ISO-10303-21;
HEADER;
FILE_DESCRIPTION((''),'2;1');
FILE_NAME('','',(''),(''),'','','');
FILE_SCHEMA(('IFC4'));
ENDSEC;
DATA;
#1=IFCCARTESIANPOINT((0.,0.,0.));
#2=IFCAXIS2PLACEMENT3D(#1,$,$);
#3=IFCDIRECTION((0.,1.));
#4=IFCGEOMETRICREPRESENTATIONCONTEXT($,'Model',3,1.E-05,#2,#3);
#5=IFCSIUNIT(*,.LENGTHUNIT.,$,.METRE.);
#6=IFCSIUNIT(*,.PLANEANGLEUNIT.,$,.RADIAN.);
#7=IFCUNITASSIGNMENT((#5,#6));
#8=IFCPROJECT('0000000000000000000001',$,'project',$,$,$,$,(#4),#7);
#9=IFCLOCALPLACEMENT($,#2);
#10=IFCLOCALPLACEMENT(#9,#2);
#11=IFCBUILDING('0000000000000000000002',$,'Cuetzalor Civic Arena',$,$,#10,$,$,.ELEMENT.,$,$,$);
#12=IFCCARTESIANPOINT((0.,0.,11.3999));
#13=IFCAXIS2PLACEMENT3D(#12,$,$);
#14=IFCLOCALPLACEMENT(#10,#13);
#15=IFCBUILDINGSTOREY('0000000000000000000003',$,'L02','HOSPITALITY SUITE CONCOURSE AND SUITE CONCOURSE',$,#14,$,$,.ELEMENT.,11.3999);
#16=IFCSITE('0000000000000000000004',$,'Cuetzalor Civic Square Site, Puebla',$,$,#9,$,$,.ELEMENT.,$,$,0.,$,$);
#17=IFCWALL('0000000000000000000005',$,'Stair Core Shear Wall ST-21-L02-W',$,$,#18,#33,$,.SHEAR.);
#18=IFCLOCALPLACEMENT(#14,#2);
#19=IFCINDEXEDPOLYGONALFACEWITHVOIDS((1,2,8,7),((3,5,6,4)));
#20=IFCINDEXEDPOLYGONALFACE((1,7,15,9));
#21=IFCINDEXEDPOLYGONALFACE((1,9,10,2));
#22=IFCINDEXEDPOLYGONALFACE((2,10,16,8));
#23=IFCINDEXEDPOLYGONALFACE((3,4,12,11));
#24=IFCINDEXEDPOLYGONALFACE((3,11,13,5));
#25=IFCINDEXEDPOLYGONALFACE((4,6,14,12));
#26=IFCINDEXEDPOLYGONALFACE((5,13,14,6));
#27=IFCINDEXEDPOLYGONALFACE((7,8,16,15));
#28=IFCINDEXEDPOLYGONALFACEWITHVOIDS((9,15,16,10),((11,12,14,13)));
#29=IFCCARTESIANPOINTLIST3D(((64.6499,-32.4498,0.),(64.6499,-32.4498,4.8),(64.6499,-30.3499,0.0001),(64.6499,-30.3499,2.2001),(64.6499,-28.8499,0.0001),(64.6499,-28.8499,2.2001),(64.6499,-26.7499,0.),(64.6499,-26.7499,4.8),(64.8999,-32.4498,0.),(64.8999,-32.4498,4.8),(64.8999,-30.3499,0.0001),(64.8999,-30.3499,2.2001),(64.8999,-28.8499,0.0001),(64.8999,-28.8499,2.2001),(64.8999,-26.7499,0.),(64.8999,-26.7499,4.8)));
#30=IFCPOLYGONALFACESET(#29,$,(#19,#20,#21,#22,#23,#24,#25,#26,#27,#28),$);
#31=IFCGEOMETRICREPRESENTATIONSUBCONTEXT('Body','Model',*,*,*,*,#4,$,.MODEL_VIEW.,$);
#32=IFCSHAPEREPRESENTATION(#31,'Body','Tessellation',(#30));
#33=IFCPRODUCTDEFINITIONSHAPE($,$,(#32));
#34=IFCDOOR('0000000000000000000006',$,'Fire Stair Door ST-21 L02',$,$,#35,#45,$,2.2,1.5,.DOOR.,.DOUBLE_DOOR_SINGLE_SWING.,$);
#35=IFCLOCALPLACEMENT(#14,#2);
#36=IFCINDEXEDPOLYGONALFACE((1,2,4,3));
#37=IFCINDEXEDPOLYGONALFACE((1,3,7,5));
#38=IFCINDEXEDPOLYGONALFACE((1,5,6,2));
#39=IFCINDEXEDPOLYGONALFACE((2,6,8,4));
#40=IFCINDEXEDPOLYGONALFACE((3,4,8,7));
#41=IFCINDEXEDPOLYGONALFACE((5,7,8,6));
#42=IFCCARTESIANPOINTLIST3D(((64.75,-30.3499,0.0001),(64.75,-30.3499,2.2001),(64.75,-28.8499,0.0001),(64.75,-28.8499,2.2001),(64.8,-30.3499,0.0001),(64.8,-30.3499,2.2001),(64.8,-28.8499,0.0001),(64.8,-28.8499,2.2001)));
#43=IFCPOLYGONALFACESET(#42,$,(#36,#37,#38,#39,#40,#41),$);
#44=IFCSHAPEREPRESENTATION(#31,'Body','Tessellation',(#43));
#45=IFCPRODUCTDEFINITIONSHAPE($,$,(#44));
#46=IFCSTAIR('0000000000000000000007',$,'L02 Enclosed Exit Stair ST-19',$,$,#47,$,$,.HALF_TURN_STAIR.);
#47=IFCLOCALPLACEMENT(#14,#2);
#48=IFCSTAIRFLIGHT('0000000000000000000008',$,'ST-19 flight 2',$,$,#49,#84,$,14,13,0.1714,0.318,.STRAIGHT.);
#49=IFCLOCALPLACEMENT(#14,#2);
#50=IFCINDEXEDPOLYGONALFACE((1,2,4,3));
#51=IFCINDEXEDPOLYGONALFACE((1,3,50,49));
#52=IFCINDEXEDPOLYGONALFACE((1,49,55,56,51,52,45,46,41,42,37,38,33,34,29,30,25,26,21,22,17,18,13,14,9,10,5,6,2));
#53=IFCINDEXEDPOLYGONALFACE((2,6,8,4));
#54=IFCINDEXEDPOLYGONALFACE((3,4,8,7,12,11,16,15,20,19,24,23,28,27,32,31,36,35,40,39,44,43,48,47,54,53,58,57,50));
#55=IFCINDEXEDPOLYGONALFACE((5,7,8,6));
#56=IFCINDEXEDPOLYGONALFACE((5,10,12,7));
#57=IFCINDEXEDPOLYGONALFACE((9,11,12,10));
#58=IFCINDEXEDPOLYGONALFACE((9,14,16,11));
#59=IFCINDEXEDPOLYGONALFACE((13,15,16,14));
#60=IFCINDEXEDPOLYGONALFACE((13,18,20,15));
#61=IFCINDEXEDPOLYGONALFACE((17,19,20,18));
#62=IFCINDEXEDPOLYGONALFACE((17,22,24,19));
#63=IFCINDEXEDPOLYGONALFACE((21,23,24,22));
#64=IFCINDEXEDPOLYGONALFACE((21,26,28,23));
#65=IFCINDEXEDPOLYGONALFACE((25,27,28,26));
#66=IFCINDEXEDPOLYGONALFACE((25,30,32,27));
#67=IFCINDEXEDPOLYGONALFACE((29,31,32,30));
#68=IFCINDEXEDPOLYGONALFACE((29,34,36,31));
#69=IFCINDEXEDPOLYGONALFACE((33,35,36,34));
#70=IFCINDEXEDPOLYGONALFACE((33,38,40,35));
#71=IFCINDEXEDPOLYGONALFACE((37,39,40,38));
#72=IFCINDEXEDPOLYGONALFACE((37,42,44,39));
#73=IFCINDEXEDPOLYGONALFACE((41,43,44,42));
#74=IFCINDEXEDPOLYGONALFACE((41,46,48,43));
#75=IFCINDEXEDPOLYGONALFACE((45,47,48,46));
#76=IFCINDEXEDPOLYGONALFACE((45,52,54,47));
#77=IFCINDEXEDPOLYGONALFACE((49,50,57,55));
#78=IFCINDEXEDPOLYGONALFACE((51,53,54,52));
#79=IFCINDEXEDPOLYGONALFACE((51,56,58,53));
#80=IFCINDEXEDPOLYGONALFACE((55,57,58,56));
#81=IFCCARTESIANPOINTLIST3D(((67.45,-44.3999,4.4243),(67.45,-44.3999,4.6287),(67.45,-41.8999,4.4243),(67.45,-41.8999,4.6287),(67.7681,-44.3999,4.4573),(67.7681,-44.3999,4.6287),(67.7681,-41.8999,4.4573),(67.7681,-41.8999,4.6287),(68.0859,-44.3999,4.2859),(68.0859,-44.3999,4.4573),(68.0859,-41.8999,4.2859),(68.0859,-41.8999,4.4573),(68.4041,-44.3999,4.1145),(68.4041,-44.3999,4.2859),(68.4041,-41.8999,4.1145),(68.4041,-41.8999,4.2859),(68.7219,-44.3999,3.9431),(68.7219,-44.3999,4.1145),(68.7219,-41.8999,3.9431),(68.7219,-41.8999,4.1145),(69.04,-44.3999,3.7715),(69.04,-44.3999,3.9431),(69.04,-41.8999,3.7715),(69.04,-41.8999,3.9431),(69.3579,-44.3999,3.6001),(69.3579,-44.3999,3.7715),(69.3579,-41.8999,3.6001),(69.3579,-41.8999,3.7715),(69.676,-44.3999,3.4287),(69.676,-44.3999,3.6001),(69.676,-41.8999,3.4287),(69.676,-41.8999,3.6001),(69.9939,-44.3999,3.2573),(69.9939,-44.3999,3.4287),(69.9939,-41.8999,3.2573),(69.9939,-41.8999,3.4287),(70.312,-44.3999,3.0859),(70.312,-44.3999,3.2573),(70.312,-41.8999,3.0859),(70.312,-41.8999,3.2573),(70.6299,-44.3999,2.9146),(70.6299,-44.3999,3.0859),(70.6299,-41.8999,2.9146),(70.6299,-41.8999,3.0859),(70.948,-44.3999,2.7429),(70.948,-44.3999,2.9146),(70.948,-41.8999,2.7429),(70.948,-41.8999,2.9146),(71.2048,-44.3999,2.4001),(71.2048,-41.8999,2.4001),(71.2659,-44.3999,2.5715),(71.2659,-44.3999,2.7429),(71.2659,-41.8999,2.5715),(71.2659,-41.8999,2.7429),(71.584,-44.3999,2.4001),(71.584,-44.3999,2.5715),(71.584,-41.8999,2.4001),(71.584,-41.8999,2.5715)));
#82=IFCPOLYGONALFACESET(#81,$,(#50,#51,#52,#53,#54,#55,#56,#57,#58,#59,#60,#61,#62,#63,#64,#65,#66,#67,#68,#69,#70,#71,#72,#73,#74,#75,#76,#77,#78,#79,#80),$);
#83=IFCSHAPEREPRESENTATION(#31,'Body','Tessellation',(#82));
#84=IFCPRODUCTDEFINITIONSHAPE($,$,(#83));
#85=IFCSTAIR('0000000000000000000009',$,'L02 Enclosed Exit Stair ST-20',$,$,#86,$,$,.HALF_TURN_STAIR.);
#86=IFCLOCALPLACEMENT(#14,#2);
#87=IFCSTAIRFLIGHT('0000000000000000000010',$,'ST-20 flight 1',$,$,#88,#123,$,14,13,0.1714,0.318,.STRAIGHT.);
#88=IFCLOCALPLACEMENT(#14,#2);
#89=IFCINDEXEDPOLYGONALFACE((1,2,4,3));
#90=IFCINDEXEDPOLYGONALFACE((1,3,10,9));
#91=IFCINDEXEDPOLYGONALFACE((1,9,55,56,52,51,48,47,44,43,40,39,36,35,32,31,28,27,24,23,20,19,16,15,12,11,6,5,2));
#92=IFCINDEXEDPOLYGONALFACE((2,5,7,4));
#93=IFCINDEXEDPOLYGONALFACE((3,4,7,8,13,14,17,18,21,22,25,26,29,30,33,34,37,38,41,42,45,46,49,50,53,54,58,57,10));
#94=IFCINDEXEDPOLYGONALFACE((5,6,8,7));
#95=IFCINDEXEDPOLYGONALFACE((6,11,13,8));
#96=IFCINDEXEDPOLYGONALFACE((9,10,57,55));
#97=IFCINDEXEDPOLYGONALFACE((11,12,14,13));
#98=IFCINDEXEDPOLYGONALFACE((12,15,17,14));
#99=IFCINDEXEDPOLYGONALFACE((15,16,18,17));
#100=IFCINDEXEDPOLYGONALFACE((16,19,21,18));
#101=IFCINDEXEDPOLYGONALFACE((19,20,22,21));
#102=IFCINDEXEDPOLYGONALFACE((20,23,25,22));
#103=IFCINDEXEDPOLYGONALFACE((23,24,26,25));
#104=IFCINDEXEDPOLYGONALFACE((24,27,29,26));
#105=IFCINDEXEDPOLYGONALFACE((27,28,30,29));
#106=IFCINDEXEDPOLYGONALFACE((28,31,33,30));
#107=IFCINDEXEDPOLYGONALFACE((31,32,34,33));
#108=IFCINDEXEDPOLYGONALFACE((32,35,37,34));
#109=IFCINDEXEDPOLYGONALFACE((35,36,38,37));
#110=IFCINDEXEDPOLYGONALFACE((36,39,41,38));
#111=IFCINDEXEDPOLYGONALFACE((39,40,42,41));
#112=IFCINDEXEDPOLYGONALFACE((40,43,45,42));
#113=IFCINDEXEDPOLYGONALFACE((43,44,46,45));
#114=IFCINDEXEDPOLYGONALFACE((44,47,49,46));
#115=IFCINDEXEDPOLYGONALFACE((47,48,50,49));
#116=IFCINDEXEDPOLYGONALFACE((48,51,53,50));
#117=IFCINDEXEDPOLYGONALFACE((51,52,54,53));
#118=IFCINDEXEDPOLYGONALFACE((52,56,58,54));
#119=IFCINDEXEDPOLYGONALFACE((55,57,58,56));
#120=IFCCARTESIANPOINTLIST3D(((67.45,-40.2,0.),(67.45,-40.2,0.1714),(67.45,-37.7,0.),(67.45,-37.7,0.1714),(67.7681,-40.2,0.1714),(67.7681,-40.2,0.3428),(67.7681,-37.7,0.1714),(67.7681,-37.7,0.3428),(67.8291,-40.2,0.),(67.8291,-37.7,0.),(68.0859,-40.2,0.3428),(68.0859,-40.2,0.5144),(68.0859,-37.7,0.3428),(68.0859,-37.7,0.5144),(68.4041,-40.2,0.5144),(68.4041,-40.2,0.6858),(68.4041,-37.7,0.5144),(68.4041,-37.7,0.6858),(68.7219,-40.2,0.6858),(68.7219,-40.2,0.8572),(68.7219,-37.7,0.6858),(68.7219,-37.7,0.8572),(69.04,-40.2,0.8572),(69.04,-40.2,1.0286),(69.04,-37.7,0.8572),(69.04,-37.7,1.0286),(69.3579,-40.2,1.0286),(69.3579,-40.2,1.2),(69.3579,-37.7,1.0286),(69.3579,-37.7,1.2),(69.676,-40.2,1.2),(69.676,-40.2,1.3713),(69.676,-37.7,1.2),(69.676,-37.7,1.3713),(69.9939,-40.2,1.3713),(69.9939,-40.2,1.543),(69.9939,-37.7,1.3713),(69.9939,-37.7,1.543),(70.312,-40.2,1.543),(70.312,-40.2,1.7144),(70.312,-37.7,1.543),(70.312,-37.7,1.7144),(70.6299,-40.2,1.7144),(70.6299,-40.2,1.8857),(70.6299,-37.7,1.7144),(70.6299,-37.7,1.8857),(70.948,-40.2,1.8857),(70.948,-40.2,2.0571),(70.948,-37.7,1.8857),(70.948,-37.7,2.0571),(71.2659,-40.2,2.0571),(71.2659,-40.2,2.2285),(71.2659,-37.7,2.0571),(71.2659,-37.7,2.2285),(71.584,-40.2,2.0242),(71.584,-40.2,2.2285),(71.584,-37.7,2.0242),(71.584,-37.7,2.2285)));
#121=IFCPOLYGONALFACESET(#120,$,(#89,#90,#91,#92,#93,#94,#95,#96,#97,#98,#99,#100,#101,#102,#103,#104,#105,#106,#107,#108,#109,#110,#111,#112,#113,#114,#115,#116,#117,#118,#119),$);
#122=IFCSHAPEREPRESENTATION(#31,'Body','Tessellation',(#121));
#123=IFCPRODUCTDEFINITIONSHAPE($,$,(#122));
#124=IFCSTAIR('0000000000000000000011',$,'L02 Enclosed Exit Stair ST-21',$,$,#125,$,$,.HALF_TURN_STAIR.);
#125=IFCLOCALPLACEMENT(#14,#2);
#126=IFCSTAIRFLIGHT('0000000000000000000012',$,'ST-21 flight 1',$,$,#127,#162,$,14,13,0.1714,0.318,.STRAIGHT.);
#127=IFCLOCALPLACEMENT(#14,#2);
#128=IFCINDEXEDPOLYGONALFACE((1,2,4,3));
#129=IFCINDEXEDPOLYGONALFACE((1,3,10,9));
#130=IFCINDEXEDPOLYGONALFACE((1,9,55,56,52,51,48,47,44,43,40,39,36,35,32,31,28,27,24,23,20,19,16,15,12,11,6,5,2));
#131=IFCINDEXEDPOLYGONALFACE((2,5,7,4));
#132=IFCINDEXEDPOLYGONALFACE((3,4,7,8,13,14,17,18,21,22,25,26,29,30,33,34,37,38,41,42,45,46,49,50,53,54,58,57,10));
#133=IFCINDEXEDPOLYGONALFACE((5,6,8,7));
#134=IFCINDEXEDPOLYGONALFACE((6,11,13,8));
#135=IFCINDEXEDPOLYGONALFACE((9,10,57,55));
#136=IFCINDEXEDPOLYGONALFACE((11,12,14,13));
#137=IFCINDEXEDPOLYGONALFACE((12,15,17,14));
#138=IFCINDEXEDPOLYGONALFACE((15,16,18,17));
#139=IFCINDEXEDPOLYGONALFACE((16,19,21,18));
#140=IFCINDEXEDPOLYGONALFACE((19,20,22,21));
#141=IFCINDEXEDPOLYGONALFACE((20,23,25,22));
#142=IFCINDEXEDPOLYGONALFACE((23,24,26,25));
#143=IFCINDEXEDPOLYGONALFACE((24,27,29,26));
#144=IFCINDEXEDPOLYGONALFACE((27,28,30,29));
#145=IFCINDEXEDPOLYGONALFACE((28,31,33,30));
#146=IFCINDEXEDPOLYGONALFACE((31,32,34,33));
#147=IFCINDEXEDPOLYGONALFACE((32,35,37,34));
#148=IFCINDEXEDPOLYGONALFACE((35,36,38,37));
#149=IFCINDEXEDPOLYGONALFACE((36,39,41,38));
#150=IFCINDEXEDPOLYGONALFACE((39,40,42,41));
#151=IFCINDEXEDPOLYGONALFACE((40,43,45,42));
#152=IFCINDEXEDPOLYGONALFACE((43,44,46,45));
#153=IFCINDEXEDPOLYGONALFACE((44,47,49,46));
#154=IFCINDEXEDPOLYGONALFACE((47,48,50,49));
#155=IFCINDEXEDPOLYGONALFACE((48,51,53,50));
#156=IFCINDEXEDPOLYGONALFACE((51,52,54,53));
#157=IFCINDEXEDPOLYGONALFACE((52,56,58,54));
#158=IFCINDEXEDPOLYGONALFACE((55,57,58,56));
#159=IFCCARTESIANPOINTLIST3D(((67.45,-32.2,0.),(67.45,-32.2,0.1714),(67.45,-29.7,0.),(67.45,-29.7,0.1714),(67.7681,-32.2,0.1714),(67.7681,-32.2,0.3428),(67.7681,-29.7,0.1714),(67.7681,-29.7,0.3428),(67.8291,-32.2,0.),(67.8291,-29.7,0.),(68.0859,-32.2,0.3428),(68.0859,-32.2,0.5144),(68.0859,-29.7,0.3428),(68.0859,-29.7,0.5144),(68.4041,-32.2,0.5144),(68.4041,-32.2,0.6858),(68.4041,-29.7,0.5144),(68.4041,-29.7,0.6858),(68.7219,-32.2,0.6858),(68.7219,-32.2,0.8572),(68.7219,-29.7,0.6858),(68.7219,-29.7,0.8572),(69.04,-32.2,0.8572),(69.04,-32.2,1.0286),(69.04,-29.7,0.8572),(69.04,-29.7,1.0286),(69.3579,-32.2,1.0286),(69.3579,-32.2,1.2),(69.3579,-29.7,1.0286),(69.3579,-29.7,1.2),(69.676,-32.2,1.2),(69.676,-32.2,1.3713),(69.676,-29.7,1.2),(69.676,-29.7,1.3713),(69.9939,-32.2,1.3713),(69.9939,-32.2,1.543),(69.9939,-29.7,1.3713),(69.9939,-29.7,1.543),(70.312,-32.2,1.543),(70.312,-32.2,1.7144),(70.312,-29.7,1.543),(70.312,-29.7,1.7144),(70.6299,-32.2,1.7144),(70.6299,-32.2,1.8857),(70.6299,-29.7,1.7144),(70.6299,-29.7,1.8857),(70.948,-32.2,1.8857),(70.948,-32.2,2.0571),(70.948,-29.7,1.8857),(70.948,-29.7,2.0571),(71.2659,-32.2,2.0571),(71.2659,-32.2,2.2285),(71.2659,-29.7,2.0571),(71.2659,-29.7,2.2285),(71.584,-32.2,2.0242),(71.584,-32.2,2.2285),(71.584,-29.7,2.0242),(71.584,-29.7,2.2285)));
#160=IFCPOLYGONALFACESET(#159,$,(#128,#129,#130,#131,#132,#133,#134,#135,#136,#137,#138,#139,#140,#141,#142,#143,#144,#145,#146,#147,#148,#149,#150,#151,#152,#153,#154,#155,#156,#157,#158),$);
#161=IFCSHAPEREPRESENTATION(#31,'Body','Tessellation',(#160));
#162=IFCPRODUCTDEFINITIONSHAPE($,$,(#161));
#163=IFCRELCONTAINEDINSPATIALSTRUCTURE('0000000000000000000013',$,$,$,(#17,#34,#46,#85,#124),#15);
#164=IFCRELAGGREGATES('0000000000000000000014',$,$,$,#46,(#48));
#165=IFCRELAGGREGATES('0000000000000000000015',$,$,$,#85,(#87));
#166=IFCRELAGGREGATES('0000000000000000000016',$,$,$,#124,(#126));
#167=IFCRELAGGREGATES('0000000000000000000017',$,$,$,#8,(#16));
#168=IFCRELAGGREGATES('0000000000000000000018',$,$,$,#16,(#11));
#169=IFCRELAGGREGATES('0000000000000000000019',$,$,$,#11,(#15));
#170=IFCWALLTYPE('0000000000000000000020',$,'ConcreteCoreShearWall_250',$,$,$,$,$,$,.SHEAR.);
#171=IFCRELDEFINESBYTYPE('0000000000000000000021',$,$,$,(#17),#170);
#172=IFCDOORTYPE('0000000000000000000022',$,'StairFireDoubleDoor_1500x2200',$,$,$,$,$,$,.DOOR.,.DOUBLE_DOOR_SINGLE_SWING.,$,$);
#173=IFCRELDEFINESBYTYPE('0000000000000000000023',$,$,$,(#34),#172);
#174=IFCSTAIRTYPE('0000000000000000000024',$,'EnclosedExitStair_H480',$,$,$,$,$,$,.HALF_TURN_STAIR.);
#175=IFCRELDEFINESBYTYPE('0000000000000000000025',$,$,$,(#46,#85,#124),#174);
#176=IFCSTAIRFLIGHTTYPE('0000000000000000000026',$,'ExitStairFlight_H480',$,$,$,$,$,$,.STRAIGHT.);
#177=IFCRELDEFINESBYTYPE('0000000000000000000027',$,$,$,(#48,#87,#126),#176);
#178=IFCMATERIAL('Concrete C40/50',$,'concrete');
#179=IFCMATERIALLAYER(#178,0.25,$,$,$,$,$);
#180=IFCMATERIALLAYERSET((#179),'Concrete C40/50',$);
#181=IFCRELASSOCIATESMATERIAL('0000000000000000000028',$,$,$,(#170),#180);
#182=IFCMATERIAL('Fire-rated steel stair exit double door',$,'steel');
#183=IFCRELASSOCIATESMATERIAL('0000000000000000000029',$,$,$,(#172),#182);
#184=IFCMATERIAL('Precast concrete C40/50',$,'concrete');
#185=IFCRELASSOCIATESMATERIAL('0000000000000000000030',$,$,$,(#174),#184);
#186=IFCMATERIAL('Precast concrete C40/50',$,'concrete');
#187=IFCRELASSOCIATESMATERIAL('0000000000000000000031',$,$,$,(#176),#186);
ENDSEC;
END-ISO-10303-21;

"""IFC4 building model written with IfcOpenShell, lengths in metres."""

from ifc_helpers import new_model, si_unit, direction, frame, frame_2d, origin, place, context, subcontext, project, spatial, polyline, rectangle, outline, extrude, material, layer, layer_set, type_object, element, fill, aggregate, save


model = new_model("IFC4")

# Units and contexts
model_context = context("Model", 3, precision=1e-05, world=origin(), true_north=direction((0.0, 1.0)))
body_context = subcontext(model_context, "Body", "Model", "MODEL_VIEW")
ifc_project = project(units=[si_unit("LENGTHUNIT", "METRE"), si_unit("PLANEANGLEUNIT", "RADIAN")], contexts=[model_context])

# Site, building, storey
site_placement = place(None, origin())
site = spatial("IfcSite", under=ifc_project, at=site_placement, Name="Cuetzalor Civic Square Site, Puebla", CompositionType="ELEMENT", RefElevation=0.0)
building_placement = place(site_placement, origin())
building = spatial("IfcBuilding", under=site, at=building_placement, Name="Cuetzalor Civic Arena", CompositionType="ELEMENT")
storey_placement = place(building_placement, frame((0.0, 0.0, 11.3999)))
storey = spatial("IfcBuildingStorey", under=building, at=storey_placement, Name="L02", Description="HOSPITALITY SUITE CONCOURSE AND SUITE CONCOURSE", CompositionType="ELEMENT", Elevation=11.3999)

# Shared definitions
ifc_material_1 = material(Name="Concrete C40/50", Category="concrete")
ifc_layer = layer(ifc_material_1, 0.25)
ifc_layer_set = layer_set([ifc_layer], Name="Concrete C40/50")
wall_type = type_object("IfcWallType", Name="ConcreteCoreShearWall_250", PredefinedType="SHEAR", material=ifc_layer_set)

# Shared definitions
ifc_material_2 = material(Name="Fire-rated steel stair exit double door", Category="steel")
door_type = type_object("IfcDoorType", Name="StairFireDoubleDoor_1500x2200", OperationType="DOUBLE_DOOR_SINGLE_SWING", PredefinedType="DOOR", material=ifc_material_2)

# Wall, opening, door
wall_1_placement = place(storey_placement, frame((64.7749, -32.45, 0.0), z_axis=(0.0, 0.0, 1.0), x_axis=(0.0, 1.0, 0.0)))
wall_1 = element("IfcWall", 1, at=wall_1_placement, inside=storey, type_object=wall_type, Name="Stair Core Shear Wall ST-21-L02-W", PredefinedType="SHEAR", context=body_context, shape_type="SweptSolid", body=[
    extrude(rectangle(XDim=5.7, YDim=0.25, at=frame_2d((2.8501, 0.0))), origin(), (0.0, 0.0, 1.0), 4.8),
])
opening_1_placement = place(wall_1_placement, frame((2.1001, 0.0, 0.0)))
opening_1 = element("IfcOpeningElement", 2, at=opening_1_placement, cuts=wall_1, PredefinedType="OPENING", context=body_context, shape_type="SweptSolid", body=[
    extrude(rectangle(XDim=1.5, YDim=2.2, at=frame_2d((0.75, 1.1001))), frame((0.0, 0.135, 0.0), z_axis=(0.0, -1.0, 0.0), x_axis=(1.0, 0.0, 0.0)), (0.0, 0.0, 1.0), 0.27),
])
door_1_placement = place(opening_1_placement, origin())
door_1 = element("IfcDoor", 3, at=door_1_placement, inside=storey, type_object=door_type, Name="Fire Stair Door ST-21 L02", OperationType="DOUBLE_DOOR_SINGLE_SWING", OverallHeight=2.2, OverallWidth=1.5, PredefinedType="DOOR", context=body_context, shape_type="SweptSolid", body=[
    extrude(rectangle(XDim=1.5, YDim=2.2, at=frame_2d((0.75, 1.1001))), frame((0.0, 0.0249, 0.0), z_axis=(0.0, -1.0, 0.0), x_axis=(1.0, 0.0, 0.0)), (0.0, 0.0, 1.0), 0.05),
])
fill(opening_1, door_1)

# Stairs, stair flights
ifc_material_3 = material(Name="Precast concrete C40/50", Category="concrete")
stair_type = type_object("IfcStairType", Name="EnclosedExitStair_H480", PredefinedType="HALF_TURN_STAIR", material=ifc_material_3)
stair_1_placement = place(storey_placement, origin())
stair_1 = element("IfcStair", 4, at=stair_1_placement, inside=storey, type_object=stair_type, Name="L02 Enclosed Exit Stair ST-19", PredefinedType="HALF_TURN_STAIR")
ifc_material_4 = material(Name="Precast concrete C40/50", Category="concrete")
stair_flight_type = type_object("IfcStairFlightType", Name="ExitStairFlight_H480", PredefinedType="STRAIGHT", material=ifc_material_4)
stair_flight_1_placement = place(storey_placement, frame((71.584, -43.1499, 2.4001), z_axis=(0.0, 0.0, 1.0), x_axis=(-1.0, 0.0, 0.0)))
stair_flight_1 = element("IfcStairFlight", 5, at=stair_flight_1_placement, type_object=stair_flight_type, Name="ST-19 flight 2", NumberOfRisers=14, NumberOfTreads=13, PredefinedType="STRAIGHT", RiserHeight=0.1714, TreadLength=0.318, context=body_context, shape_type="SweptSolid", body=[
    extrude(outline(polyline([(0.0, 0.0), (0.0, 0.1714), (0.3181, 0.1714), (0.3181, 0.3428), (0.636, 0.3428), (0.636, 0.5144), (0.9541, 0.5144), (0.9541, 0.6858), (1.272, 0.6858), (1.272, 0.8572), (1.5901, 0.8572), (1.5901, 1.0286), (1.908, 1.0286), (1.908, 1.2), (2.2261, 1.2), (2.2261, 1.3713), (2.5439, 1.3713), (2.5439, 1.543), (2.8621, 1.543), (2.8621, 1.7144), (3.1799, 1.7144), (3.1799, 1.8857), (3.498, 1.8857), (3.498, 2.0571), (3.8159, 2.0571), (3.8159, 2.2285), (4.134, 2.2285), (4.134, 2.3999), (4.134, 2.0242), (0.3792, 0.0), (0.0, 0.0)])), frame((0.0, 1.25, 0.0), z_axis=(0.0, -1.0, 0.0), x_axis=(1.0, 0.0, 0.0)), (0.0, 0.0, 1.0), 2.5),
])
aggregate(stair_1, [stair_flight_1])
stair_2_placement = place(storey_placement, origin())
stair_2 = element("IfcStair", 6, at=stair_2_placement, inside=storey, type_object=stair_type, Name="L02 Enclosed Exit Stair ST-20", PredefinedType="HALF_TURN_STAIR")
stair_flight_2_placement = place(storey_placement, frame((67.45, -38.95, 0.0), z_axis=(0.0, 0.0, 1.0), x_axis=(1.0, 0.0, 0.0)))
stair_flight_2 = element("IfcStairFlight", 7, at=stair_flight_2_placement, type_object=stair_flight_type, Name="ST-20 flight 1", NumberOfRisers=14, NumberOfTreads=13, PredefinedType="STRAIGHT", RiserHeight=0.1714, TreadLength=0.318, context=body_context, shape_type="SweptSolid", body=[
    extrude(outline(polyline([(0.0, 0.0), (0.0, 0.1714), (0.3181, 0.1714), (0.3181, 0.3428), (0.636, 0.3428), (0.636, 0.5144), (0.9541, 0.5144), (0.9541, 0.6858), (1.272, 0.6858), (1.272, 0.8572), (1.5901, 0.8572), (1.5901, 1.0286), (1.908, 1.0286), (1.908, 1.2), (2.2261, 1.2), (2.2261, 1.3713), (2.5439, 1.3713), (2.5439, 1.543), (2.8621, 1.543), (2.8621, 1.7144), (3.1799, 1.7144), (3.1799, 1.8857), (3.498, 1.8857), (3.498, 2.0571), (3.8159, 2.0571), (3.8159, 2.2285), (4.134, 2.2285), (4.134, 2.3999), (4.134, 2.0242), (0.3792, 0.0), (0.0, 0.0)])), frame((0.0, 1.25, 0.0), z_axis=(0.0, -1.0, 0.0), x_axis=(1.0, 0.0, 0.0)), (0.0, 0.0, 1.0), 2.5),
])
aggregate(stair_2, [stair_flight_2])
stair_3_placement = place(storey_placement, origin())
stair_3 = element("IfcStair", 8, at=stair_3_placement, inside=storey, type_object=stair_type, Name="L02 Enclosed Exit Stair ST-21", PredefinedType="HALF_TURN_STAIR")
stair_flight_3_placement = place(storey_placement, frame((67.45, -30.95, 0.0), z_axis=(0.0, 0.0, 1.0), x_axis=(1.0, 0.0, 0.0)))
stair_flight_3 = element("IfcStairFlight", 9, at=stair_flight_3_placement, type_object=stair_flight_type, Name="ST-21 flight 1", NumberOfRisers=14, NumberOfTreads=13, PredefinedType="STRAIGHT", RiserHeight=0.1714, TreadLength=0.318, context=body_context, shape_type="SweptSolid", body=[
    extrude(outline(polyline([(0.0, 0.0), (0.0, 0.1714), (0.3181, 0.1714), (0.3181, 0.3428), (0.636, 0.3428), (0.636, 0.5144), (0.9541, 0.5144), (0.9541, 0.6858), (1.272, 0.6858), (1.272, 0.8572), (1.5901, 0.8572), (1.5901, 1.0286), (1.908, 1.0286), (1.908, 1.2), (2.2261, 1.2), (2.2261, 1.3713), (2.5439, 1.3713), (2.5439, 1.543), (2.8621, 1.543), (2.8621, 1.7144), (3.1799, 1.7144), (3.1799, 1.8857), (3.498, 1.8857), (3.498, 2.0571), (3.8159, 2.0571), (3.8159, 2.2285), (4.134, 2.2285), (4.134, 2.3999), (4.134, 2.0242), (0.3792, 0.0), (0.0, 0.0)])), frame((0.0, 1.25, 0.0), z_axis=(0.0, -1.0, 0.0), x_axis=(1.0, 0.0, 0.0)), (0.0, 0.0, 1.0), 2.5),
])
aggregate(stair_3, [stair_flight_3])

save(model, "model.ifc")
